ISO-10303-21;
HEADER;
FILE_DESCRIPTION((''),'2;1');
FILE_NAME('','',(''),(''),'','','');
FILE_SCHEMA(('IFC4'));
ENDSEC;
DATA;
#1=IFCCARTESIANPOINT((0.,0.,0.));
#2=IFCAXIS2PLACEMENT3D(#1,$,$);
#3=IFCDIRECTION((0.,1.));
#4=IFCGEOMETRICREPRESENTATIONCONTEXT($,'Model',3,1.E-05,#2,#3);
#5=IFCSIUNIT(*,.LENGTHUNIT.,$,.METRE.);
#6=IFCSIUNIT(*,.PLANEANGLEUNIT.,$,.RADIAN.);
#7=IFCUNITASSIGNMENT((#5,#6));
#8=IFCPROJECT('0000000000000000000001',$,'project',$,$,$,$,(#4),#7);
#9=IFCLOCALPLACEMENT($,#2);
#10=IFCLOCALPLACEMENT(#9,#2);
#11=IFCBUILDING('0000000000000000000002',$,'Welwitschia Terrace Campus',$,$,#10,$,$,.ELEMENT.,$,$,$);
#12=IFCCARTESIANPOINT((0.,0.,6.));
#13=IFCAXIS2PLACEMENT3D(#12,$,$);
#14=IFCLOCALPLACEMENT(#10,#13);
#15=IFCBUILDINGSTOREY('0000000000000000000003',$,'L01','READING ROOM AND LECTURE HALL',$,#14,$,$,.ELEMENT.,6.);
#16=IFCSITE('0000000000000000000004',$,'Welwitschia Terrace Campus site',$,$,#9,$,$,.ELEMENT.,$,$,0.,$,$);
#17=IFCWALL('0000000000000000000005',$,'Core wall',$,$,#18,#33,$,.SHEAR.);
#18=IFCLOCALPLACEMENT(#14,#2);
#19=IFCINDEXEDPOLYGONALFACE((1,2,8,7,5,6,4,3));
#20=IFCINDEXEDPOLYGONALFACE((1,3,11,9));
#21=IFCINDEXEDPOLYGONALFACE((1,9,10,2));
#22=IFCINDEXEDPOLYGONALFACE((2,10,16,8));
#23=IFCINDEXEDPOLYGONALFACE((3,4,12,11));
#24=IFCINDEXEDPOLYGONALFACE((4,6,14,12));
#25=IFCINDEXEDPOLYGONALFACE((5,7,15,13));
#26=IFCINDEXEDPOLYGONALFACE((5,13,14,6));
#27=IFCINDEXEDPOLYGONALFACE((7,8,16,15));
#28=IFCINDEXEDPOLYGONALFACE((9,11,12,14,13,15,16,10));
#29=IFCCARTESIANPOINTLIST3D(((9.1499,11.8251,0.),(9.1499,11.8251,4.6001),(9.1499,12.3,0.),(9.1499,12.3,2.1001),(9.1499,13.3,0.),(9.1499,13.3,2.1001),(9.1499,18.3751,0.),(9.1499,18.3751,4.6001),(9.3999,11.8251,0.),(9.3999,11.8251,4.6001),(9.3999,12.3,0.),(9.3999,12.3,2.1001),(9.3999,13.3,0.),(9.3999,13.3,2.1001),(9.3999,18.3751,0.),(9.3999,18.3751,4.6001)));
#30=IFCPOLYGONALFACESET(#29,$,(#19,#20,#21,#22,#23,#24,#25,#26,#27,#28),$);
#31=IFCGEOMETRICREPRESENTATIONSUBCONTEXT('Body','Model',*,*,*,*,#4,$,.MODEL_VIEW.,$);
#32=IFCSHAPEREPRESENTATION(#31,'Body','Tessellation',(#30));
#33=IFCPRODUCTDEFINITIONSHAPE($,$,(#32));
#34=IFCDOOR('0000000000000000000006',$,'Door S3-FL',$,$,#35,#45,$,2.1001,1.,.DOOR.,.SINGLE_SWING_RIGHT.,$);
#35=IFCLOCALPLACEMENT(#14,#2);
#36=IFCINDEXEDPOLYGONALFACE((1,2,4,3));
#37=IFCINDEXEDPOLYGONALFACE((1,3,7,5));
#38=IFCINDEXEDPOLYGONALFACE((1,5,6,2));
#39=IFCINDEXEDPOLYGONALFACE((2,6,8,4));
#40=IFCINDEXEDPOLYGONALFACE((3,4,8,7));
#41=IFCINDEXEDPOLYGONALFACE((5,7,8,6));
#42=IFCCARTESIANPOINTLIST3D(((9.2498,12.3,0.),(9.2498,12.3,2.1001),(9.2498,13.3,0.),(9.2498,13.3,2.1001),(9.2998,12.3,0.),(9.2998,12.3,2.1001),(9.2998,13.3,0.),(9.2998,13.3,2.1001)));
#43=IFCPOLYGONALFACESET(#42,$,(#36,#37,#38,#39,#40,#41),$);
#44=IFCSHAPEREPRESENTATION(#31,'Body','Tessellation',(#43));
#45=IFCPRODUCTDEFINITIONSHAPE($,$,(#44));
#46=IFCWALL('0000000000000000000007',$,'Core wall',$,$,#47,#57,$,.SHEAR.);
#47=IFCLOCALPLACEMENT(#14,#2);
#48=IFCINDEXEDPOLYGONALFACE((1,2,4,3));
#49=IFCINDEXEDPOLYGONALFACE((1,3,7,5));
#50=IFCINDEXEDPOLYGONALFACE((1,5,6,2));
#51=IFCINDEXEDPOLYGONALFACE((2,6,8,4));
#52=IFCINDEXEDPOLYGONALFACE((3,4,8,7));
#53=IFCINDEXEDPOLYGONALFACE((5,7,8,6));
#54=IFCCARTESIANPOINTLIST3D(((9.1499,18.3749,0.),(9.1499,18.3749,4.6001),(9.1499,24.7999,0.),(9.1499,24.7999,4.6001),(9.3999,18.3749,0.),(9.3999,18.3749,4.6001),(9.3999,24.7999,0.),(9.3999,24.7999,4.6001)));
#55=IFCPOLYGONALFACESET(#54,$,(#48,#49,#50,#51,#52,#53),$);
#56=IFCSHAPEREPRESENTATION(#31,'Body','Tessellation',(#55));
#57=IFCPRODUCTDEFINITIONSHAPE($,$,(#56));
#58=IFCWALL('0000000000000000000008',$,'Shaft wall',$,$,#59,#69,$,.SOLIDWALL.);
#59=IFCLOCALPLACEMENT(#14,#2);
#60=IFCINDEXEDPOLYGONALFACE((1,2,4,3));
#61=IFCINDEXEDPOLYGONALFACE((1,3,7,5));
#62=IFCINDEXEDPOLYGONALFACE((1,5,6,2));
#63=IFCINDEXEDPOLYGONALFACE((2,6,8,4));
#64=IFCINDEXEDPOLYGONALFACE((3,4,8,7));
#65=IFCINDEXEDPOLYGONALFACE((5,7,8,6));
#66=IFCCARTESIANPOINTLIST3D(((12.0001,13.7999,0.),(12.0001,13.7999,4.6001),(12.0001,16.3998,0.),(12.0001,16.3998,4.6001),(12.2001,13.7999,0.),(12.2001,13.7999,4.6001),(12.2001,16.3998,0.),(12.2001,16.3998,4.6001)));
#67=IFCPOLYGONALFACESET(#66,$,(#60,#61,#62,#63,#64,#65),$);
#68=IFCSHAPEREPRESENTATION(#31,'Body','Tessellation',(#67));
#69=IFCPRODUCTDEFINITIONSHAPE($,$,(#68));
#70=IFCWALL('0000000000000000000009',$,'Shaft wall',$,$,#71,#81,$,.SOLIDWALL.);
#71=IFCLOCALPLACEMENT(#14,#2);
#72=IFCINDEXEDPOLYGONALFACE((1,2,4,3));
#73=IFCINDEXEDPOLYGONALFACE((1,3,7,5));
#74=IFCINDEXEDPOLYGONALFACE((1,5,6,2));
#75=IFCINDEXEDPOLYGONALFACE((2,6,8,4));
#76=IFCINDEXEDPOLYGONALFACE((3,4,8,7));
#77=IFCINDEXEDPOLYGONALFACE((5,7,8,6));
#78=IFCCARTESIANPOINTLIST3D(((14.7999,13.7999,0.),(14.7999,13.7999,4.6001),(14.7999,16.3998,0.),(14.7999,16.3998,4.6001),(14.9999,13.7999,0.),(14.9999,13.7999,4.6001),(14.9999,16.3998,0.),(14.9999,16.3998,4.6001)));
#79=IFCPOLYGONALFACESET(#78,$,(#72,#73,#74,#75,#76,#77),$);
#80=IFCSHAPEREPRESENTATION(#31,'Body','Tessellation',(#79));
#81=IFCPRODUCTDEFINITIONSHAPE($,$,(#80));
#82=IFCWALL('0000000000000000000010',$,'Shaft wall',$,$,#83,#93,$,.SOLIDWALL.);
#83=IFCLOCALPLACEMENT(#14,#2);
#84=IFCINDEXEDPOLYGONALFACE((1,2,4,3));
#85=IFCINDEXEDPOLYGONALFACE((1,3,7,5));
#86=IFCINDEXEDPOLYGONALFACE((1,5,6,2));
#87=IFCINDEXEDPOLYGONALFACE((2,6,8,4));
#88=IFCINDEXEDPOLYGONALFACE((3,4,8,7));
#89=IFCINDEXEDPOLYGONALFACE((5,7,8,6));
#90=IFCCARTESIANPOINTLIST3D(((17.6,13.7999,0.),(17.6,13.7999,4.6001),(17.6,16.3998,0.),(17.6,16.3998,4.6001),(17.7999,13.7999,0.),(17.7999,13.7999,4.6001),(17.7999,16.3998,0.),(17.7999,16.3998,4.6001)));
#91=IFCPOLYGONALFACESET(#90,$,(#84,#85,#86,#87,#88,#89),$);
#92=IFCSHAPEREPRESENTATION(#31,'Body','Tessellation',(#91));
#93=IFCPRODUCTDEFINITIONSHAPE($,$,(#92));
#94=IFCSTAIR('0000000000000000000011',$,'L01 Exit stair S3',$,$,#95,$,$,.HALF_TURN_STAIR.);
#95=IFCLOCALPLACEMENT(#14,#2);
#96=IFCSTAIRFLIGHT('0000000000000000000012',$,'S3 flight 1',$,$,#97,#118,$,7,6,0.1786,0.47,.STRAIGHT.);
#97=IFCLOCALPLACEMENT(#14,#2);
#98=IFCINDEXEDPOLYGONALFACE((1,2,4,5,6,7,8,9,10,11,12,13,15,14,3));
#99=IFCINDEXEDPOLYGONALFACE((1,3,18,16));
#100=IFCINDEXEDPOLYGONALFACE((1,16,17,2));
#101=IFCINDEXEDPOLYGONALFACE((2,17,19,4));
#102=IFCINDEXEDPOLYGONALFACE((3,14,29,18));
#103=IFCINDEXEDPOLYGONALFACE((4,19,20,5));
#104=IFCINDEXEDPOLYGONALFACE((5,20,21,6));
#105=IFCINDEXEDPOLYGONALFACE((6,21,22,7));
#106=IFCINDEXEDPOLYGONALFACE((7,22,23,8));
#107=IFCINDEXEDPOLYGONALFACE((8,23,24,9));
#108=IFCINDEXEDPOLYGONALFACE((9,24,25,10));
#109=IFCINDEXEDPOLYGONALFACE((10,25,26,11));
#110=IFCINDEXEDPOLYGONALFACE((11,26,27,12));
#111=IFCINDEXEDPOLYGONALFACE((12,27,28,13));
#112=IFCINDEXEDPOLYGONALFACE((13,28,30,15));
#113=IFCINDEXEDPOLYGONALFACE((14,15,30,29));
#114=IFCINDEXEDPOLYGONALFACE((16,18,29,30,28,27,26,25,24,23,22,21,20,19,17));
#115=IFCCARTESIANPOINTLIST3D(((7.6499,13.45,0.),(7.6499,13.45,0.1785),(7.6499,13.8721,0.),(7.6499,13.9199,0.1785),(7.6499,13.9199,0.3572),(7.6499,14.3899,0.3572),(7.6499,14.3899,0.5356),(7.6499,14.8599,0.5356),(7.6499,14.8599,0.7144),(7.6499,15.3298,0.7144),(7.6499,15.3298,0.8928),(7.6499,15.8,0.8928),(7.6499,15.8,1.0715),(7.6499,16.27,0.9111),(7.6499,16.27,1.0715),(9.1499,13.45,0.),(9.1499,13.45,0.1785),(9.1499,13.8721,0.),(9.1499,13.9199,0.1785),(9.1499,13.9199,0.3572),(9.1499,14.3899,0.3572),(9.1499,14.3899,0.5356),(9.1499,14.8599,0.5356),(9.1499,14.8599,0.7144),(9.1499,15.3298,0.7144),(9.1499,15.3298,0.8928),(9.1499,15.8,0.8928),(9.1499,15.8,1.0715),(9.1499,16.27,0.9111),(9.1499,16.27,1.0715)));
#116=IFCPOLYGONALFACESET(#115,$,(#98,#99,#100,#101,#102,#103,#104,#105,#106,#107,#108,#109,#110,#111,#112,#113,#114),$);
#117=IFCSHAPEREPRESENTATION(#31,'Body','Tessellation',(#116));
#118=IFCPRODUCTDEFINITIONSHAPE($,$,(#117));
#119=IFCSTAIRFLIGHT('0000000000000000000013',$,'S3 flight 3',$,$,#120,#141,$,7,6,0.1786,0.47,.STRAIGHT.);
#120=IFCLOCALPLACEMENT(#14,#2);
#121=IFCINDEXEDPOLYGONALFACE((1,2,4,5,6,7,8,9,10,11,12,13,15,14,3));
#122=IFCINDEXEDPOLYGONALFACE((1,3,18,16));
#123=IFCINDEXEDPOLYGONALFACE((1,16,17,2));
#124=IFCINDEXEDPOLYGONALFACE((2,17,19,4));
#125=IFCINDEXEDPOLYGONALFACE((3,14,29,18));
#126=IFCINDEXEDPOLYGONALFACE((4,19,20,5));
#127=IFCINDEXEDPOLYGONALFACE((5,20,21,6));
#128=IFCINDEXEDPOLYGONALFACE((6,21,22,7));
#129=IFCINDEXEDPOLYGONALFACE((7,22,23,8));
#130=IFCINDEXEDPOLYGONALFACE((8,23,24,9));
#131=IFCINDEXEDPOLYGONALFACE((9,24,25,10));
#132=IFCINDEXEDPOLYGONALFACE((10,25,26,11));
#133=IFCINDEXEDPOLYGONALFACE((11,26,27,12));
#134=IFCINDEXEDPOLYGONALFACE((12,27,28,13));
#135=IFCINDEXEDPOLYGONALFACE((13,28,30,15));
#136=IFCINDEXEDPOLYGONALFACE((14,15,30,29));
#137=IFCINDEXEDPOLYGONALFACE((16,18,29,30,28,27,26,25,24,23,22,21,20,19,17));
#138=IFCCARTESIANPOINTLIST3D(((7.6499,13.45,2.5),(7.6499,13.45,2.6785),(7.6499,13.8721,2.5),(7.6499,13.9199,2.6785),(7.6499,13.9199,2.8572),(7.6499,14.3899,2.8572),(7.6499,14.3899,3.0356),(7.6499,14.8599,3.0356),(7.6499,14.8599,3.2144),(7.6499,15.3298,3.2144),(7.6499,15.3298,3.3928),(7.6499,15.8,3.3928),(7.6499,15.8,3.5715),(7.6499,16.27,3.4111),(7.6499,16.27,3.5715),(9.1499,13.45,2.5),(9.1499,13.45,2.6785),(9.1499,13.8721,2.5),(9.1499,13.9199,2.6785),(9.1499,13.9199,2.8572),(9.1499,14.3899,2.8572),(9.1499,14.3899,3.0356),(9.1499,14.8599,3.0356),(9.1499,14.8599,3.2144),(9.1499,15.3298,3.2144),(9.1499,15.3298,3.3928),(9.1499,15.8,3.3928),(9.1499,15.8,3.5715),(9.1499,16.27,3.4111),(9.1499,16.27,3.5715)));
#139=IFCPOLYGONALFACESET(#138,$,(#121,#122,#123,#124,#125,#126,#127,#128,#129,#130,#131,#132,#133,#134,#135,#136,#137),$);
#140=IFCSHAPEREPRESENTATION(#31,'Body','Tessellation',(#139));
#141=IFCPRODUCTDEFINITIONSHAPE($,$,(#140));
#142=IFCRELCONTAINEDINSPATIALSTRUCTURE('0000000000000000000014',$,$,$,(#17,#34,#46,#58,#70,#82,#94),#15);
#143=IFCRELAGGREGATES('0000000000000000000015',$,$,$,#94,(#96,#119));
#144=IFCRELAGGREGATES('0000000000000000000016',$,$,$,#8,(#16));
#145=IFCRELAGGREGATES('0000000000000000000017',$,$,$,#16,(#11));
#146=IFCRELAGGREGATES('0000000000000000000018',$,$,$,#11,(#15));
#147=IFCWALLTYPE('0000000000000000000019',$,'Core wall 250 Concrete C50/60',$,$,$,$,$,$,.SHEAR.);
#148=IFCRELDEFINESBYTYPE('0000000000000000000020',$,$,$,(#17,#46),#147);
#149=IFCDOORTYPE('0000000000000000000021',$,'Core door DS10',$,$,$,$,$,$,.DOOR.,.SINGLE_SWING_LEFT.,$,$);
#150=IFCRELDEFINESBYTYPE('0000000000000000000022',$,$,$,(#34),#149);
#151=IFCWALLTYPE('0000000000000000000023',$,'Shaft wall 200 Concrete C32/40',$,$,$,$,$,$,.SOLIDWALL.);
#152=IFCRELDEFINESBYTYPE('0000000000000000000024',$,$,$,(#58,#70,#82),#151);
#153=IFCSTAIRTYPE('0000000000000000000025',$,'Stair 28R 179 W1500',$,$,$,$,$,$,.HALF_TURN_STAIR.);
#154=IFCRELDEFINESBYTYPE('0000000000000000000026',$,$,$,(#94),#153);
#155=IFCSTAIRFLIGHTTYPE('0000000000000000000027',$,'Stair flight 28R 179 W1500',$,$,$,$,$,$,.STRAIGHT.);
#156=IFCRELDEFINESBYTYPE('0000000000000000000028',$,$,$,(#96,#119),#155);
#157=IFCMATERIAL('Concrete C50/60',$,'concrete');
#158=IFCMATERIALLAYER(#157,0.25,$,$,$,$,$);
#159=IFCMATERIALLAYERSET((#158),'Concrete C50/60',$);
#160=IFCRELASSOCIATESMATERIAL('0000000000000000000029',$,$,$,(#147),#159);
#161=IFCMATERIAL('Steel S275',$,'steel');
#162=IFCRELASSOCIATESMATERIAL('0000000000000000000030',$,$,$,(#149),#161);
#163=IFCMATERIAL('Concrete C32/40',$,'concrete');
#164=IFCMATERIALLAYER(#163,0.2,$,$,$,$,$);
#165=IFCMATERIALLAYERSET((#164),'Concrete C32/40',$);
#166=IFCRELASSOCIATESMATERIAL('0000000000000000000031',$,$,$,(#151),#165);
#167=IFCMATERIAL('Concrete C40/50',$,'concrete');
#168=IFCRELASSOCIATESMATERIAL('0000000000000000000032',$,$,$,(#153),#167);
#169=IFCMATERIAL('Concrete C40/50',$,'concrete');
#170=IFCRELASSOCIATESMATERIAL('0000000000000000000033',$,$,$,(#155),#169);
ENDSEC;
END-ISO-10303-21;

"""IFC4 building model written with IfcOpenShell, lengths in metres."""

from ifc_helpers import new_model, si_unit, direction, frame, frame_2d, origin, place, context, subcontext, project, spatial, polyline, rectangle, outline, extrude, material, layer, layer_set, type_object, element, fill, aggregate, save


model = new_model("IFC4")

# Units and contexts
model_context = context("Model", 3, precision=1e-05, world=origin(), true_north=direction((0.0, 1.0)))
body_context = subcontext(model_context, "Body", "Model", "MODEL_VIEW")
ifc_project = project(units=[si_unit("LENGTHUNIT", "METRE"), si_unit("PLANEANGLEUNIT", "RADIAN")], contexts=[model_context])

# Site, building, storey
site_placement = place(None, origin())
site = spatial("IfcSite", under=ifc_project, at=site_placement, Name="Welwitschia Terrace Campus site", CompositionType="ELEMENT", RefElevation=0.0)
building_placement = place(site_placement, origin())
building = spatial("IfcBuilding", under=site, at=building_placement, Name="Welwitschia Terrace Campus", CompositionType="ELEMENT")
storey_placement = place(building_placement, frame((0.0, 0.0, 6.0)))
storey = spatial("IfcBuildingStorey", under=building, at=storey_placement, Name="L01", Description="READING ROOM AND LECTURE HALL", CompositionType="ELEMENT", Elevation=6.0)

# Wall, opening, door
ifc_material_1 = material(Name="Concrete C50/60", Category="concrete")
ifc_layer_1 = layer(ifc_material_1, 0.25)
ifc_layer_set_1 = layer_set([ifc_layer_1], Name="Concrete C50/60")
wall_type_1 = type_object("IfcWallType", Name="Core wall 250 Concrete C50/60", PredefinedType="SHEAR", material=ifc_layer_set_1)
wall_1_placement = place(storey_placement, frame((9.2749, 18.375, 0.0), z_axis=(0.0, 0.0, 1.0), x_axis=(0.0, -1.0, 0.0)))
wall_1 = element("IfcWall", 1, at=wall_1_placement, inside=storey, type_object=wall_type_1, Name="Core wall", PredefinedType="SHEAR", context=body_context, shape_type="SweptSolid", body=[
    extrude(rectangle(XDim=6.55, YDim=0.25, at=frame_2d((3.2749, 0.0))), origin(), (0.0, 0.0, 1.0), 4.6001),
])
opening_1_placement = place(wall_1_placement, frame((5.075, 0.0, 0.0)))
opening_1 = element("IfcOpeningElement", 2, at=opening_1_placement, cuts=wall_1, PredefinedType="OPENING", context=body_context, shape_type="SweptSolid", body=[
    extrude(rectangle(XDim=1.0, YDim=2.1001, at=frame_2d((0.5, 1.05))), frame((0.0, 0.135, 0.0), z_axis=(0.0, -1.0, 0.0), x_axis=(1.0, 0.0, 0.0)), (0.0, 0.0, 1.0), 0.27),
])
ifc_material_2 = material(Name="Steel S275", Category="steel")
door_type_1 = type_object("IfcDoorType", Name="Core door DS10", OperationType="SINGLE_SWING_LEFT", PredefinedType="DOOR", material=ifc_material_2)
door_1_placement = place(opening_1_placement, origin())
door_1 = element("IfcDoor", 3, at=door_1_placement, inside=storey, type_object=door_type_1, Name="Door S3-FL", OperationType="SINGLE_SWING_RIGHT", OverallHeight=2.1001, OverallWidth=1.0, PredefinedType="DOOR", context=body_context, shape_type="SweptSolid", body=[
    extrude(rectangle(XDim=1.0, YDim=2.1001, at=frame_2d((0.5, 1.05))), frame((0.0, 0.0249, 0.0), z_axis=(0.0, -1.0, 0.0), x_axis=(1.0, 0.0, 0.0)), (0.0, 0.0, 1.0), 0.05),
])
fill(opening_1, door_1)

# Walls
wall_2_placement = place(storey_placement, frame((9.2749, 18.375, 0.0), z_axis=(0.0, 0.0, 1.0), x_axis=(0.0, 1.0, 0.0)))
element("IfcWall", 4, at=wall_2_placement, inside=storey, type_object=wall_type_1, Name="Core wall", PredefinedType="SHEAR", context=body_context, shape_type="SweptSolid", body=[
    extrude(rectangle(XDim=6.425, YDim=0.25, at=frame_2d((3.2124, 0.0))), origin(), (0.0, 0.0, 1.0), 4.6001),
])
ifc_material_3 = material(Name="Concrete C32/40", Category="concrete")
ifc_layer_2 = layer(ifc_material_3, 0.2)
ifc_layer_set_2 = layer_set([ifc_layer_2], Name="Concrete C32/40")
wall_type_2 = type_object("IfcWallType", Name="Shaft wall 200 Concrete C32/40", PredefinedType="SOLIDWALL", material=ifc_layer_set_2)
for number, where, z_axis, x_axis, name in (
    (5, (12.1001, 13.8, 0.0), (0.0, 0.0, 1.0), (0.0, 1.0, 0.0), "Shaft wall"),
    (6, (14.8999, 13.8, 0.0), (0.0, 0.0, 1.0), (0.0, 1.0, 0.0), "Shaft wall"),
    (7, (17.7, 13.8, 0.0), (0.0, 0.0, 1.0), (0.0, 1.0, 0.0), "Shaft wall"),
):
    element("IfcWall", number, at=place(storey_placement, frame(where, z_axis=z_axis, x_axis=x_axis)), inside=storey, type_object=wall_type_2, Name=name, PredefinedType="SOLIDWALL", context=body_context, shape_type="SweptSolid", body=[
        extrude(rectangle(XDim=2.5999, YDim=0.2, at=frame_2d((1.2998, 0.0))), origin(), (0.0, 0.0, 1.0), 4.6001),
    ])

# Stair, stair flights
ifc_material_4 = material(Name="Concrete C40/50", Category="concrete")
stair_type = type_object("IfcStairType", Name="Stair 28R 179 W1500", PredefinedType="HALF_TURN_STAIR", material=ifc_material_4)
stair_placement = place(storey_placement, origin())
stair = element("IfcStair", 8, at=stair_placement, inside=storey, type_object=stair_type, Name="L01 Exit stair S3", PredefinedType="HALF_TURN_STAIR")
ifc_material_5 = material(Name="Concrete C40/50", Category="concrete")
stair_flight_type = type_object("IfcStairFlightType", Name="Stair flight 28R 179 W1500", PredefinedType="STRAIGHT", material=ifc_material_5)
stair_flight_1_placement = place(storey_placement, frame((8.3999, 13.45, 0.0), z_axis=(0.0, 0.0, 1.0), x_axis=(0.0, 1.0, 0.0)))
stair_flight_1 = element("IfcStairFlight", 9, at=stair_flight_1_placement, type_object=stair_flight_type, Name="S3 flight 1", NumberOfRisers=7, NumberOfTreads=6, PredefinedType="STRAIGHT", RiserHeight=0.1786, TreadLength=0.47, context=body_context, shape_type="SweptSolid", body=[
    extrude(outline(polyline([(0.0, 0.0), (0.0, 0.1785), (0.47, 0.1785), (0.47, 0.3572), (0.9399, 0.3572), (0.9399, 0.5356), (1.4099, 0.5356), (1.4099, 0.7144), (1.8799, 0.7144), (1.8799, 0.8928), (2.3501, 0.8928), (2.3501, 1.0715), (2.8201, 1.0715), (2.8201, 1.25), (2.8201, 0.9111), (0.4221, 0.0), (0.0, 0.0)])), frame((0.0, 0.75, 0.0), z_axis=(0.0, -1.0, 0.0), x_axis=(1.0, 0.0, 0.0)), (0.0, 0.0, 1.0), 1.5),
])
stair_flight_2_placement = place(storey_placement, frame((8.3999, 13.45, 2.5), z_axis=(0.0, 0.0, 1.0), x_axis=(0.0, 1.0, 0.0)))
stair_flight_2 = element("IfcStairFlight", 10, at=stair_flight_2_placement, type_object=stair_flight_type, Name="S3 flight 3", NumberOfRisers=7, NumberOfTreads=6, PredefinedType="STRAIGHT", RiserHeight=0.1786, TreadLength=0.47, context=body_context, shape_type="SweptSolid", body=[
    extrude(outline(polyline([(0.0, 0.0), (0.0, 0.1785), (0.47, 0.1785), (0.47, 0.3572), (0.9399, 0.3572), (0.9399, 0.5356), (1.4099, 0.5356), (1.4099, 0.7144), (1.8799, 0.7144), (1.8799, 0.8928), (2.3501, 0.8928), (2.3501, 1.0715), (2.8201, 1.0715), (2.8201, 1.25), (2.8201, 0.9111), (0.4221, 0.0), (0.0, 0.0)])), frame((0.0, 0.75, 0.0), z_axis=(0.0, -1.0, 0.0), x_axis=(1.0, 0.0, 0.0)), (0.0, 0.0, 1.0), 1.5),
])
aggregate(stair, [stair_flight_1, stair_flight_2])

save(model, "model.ifc")
